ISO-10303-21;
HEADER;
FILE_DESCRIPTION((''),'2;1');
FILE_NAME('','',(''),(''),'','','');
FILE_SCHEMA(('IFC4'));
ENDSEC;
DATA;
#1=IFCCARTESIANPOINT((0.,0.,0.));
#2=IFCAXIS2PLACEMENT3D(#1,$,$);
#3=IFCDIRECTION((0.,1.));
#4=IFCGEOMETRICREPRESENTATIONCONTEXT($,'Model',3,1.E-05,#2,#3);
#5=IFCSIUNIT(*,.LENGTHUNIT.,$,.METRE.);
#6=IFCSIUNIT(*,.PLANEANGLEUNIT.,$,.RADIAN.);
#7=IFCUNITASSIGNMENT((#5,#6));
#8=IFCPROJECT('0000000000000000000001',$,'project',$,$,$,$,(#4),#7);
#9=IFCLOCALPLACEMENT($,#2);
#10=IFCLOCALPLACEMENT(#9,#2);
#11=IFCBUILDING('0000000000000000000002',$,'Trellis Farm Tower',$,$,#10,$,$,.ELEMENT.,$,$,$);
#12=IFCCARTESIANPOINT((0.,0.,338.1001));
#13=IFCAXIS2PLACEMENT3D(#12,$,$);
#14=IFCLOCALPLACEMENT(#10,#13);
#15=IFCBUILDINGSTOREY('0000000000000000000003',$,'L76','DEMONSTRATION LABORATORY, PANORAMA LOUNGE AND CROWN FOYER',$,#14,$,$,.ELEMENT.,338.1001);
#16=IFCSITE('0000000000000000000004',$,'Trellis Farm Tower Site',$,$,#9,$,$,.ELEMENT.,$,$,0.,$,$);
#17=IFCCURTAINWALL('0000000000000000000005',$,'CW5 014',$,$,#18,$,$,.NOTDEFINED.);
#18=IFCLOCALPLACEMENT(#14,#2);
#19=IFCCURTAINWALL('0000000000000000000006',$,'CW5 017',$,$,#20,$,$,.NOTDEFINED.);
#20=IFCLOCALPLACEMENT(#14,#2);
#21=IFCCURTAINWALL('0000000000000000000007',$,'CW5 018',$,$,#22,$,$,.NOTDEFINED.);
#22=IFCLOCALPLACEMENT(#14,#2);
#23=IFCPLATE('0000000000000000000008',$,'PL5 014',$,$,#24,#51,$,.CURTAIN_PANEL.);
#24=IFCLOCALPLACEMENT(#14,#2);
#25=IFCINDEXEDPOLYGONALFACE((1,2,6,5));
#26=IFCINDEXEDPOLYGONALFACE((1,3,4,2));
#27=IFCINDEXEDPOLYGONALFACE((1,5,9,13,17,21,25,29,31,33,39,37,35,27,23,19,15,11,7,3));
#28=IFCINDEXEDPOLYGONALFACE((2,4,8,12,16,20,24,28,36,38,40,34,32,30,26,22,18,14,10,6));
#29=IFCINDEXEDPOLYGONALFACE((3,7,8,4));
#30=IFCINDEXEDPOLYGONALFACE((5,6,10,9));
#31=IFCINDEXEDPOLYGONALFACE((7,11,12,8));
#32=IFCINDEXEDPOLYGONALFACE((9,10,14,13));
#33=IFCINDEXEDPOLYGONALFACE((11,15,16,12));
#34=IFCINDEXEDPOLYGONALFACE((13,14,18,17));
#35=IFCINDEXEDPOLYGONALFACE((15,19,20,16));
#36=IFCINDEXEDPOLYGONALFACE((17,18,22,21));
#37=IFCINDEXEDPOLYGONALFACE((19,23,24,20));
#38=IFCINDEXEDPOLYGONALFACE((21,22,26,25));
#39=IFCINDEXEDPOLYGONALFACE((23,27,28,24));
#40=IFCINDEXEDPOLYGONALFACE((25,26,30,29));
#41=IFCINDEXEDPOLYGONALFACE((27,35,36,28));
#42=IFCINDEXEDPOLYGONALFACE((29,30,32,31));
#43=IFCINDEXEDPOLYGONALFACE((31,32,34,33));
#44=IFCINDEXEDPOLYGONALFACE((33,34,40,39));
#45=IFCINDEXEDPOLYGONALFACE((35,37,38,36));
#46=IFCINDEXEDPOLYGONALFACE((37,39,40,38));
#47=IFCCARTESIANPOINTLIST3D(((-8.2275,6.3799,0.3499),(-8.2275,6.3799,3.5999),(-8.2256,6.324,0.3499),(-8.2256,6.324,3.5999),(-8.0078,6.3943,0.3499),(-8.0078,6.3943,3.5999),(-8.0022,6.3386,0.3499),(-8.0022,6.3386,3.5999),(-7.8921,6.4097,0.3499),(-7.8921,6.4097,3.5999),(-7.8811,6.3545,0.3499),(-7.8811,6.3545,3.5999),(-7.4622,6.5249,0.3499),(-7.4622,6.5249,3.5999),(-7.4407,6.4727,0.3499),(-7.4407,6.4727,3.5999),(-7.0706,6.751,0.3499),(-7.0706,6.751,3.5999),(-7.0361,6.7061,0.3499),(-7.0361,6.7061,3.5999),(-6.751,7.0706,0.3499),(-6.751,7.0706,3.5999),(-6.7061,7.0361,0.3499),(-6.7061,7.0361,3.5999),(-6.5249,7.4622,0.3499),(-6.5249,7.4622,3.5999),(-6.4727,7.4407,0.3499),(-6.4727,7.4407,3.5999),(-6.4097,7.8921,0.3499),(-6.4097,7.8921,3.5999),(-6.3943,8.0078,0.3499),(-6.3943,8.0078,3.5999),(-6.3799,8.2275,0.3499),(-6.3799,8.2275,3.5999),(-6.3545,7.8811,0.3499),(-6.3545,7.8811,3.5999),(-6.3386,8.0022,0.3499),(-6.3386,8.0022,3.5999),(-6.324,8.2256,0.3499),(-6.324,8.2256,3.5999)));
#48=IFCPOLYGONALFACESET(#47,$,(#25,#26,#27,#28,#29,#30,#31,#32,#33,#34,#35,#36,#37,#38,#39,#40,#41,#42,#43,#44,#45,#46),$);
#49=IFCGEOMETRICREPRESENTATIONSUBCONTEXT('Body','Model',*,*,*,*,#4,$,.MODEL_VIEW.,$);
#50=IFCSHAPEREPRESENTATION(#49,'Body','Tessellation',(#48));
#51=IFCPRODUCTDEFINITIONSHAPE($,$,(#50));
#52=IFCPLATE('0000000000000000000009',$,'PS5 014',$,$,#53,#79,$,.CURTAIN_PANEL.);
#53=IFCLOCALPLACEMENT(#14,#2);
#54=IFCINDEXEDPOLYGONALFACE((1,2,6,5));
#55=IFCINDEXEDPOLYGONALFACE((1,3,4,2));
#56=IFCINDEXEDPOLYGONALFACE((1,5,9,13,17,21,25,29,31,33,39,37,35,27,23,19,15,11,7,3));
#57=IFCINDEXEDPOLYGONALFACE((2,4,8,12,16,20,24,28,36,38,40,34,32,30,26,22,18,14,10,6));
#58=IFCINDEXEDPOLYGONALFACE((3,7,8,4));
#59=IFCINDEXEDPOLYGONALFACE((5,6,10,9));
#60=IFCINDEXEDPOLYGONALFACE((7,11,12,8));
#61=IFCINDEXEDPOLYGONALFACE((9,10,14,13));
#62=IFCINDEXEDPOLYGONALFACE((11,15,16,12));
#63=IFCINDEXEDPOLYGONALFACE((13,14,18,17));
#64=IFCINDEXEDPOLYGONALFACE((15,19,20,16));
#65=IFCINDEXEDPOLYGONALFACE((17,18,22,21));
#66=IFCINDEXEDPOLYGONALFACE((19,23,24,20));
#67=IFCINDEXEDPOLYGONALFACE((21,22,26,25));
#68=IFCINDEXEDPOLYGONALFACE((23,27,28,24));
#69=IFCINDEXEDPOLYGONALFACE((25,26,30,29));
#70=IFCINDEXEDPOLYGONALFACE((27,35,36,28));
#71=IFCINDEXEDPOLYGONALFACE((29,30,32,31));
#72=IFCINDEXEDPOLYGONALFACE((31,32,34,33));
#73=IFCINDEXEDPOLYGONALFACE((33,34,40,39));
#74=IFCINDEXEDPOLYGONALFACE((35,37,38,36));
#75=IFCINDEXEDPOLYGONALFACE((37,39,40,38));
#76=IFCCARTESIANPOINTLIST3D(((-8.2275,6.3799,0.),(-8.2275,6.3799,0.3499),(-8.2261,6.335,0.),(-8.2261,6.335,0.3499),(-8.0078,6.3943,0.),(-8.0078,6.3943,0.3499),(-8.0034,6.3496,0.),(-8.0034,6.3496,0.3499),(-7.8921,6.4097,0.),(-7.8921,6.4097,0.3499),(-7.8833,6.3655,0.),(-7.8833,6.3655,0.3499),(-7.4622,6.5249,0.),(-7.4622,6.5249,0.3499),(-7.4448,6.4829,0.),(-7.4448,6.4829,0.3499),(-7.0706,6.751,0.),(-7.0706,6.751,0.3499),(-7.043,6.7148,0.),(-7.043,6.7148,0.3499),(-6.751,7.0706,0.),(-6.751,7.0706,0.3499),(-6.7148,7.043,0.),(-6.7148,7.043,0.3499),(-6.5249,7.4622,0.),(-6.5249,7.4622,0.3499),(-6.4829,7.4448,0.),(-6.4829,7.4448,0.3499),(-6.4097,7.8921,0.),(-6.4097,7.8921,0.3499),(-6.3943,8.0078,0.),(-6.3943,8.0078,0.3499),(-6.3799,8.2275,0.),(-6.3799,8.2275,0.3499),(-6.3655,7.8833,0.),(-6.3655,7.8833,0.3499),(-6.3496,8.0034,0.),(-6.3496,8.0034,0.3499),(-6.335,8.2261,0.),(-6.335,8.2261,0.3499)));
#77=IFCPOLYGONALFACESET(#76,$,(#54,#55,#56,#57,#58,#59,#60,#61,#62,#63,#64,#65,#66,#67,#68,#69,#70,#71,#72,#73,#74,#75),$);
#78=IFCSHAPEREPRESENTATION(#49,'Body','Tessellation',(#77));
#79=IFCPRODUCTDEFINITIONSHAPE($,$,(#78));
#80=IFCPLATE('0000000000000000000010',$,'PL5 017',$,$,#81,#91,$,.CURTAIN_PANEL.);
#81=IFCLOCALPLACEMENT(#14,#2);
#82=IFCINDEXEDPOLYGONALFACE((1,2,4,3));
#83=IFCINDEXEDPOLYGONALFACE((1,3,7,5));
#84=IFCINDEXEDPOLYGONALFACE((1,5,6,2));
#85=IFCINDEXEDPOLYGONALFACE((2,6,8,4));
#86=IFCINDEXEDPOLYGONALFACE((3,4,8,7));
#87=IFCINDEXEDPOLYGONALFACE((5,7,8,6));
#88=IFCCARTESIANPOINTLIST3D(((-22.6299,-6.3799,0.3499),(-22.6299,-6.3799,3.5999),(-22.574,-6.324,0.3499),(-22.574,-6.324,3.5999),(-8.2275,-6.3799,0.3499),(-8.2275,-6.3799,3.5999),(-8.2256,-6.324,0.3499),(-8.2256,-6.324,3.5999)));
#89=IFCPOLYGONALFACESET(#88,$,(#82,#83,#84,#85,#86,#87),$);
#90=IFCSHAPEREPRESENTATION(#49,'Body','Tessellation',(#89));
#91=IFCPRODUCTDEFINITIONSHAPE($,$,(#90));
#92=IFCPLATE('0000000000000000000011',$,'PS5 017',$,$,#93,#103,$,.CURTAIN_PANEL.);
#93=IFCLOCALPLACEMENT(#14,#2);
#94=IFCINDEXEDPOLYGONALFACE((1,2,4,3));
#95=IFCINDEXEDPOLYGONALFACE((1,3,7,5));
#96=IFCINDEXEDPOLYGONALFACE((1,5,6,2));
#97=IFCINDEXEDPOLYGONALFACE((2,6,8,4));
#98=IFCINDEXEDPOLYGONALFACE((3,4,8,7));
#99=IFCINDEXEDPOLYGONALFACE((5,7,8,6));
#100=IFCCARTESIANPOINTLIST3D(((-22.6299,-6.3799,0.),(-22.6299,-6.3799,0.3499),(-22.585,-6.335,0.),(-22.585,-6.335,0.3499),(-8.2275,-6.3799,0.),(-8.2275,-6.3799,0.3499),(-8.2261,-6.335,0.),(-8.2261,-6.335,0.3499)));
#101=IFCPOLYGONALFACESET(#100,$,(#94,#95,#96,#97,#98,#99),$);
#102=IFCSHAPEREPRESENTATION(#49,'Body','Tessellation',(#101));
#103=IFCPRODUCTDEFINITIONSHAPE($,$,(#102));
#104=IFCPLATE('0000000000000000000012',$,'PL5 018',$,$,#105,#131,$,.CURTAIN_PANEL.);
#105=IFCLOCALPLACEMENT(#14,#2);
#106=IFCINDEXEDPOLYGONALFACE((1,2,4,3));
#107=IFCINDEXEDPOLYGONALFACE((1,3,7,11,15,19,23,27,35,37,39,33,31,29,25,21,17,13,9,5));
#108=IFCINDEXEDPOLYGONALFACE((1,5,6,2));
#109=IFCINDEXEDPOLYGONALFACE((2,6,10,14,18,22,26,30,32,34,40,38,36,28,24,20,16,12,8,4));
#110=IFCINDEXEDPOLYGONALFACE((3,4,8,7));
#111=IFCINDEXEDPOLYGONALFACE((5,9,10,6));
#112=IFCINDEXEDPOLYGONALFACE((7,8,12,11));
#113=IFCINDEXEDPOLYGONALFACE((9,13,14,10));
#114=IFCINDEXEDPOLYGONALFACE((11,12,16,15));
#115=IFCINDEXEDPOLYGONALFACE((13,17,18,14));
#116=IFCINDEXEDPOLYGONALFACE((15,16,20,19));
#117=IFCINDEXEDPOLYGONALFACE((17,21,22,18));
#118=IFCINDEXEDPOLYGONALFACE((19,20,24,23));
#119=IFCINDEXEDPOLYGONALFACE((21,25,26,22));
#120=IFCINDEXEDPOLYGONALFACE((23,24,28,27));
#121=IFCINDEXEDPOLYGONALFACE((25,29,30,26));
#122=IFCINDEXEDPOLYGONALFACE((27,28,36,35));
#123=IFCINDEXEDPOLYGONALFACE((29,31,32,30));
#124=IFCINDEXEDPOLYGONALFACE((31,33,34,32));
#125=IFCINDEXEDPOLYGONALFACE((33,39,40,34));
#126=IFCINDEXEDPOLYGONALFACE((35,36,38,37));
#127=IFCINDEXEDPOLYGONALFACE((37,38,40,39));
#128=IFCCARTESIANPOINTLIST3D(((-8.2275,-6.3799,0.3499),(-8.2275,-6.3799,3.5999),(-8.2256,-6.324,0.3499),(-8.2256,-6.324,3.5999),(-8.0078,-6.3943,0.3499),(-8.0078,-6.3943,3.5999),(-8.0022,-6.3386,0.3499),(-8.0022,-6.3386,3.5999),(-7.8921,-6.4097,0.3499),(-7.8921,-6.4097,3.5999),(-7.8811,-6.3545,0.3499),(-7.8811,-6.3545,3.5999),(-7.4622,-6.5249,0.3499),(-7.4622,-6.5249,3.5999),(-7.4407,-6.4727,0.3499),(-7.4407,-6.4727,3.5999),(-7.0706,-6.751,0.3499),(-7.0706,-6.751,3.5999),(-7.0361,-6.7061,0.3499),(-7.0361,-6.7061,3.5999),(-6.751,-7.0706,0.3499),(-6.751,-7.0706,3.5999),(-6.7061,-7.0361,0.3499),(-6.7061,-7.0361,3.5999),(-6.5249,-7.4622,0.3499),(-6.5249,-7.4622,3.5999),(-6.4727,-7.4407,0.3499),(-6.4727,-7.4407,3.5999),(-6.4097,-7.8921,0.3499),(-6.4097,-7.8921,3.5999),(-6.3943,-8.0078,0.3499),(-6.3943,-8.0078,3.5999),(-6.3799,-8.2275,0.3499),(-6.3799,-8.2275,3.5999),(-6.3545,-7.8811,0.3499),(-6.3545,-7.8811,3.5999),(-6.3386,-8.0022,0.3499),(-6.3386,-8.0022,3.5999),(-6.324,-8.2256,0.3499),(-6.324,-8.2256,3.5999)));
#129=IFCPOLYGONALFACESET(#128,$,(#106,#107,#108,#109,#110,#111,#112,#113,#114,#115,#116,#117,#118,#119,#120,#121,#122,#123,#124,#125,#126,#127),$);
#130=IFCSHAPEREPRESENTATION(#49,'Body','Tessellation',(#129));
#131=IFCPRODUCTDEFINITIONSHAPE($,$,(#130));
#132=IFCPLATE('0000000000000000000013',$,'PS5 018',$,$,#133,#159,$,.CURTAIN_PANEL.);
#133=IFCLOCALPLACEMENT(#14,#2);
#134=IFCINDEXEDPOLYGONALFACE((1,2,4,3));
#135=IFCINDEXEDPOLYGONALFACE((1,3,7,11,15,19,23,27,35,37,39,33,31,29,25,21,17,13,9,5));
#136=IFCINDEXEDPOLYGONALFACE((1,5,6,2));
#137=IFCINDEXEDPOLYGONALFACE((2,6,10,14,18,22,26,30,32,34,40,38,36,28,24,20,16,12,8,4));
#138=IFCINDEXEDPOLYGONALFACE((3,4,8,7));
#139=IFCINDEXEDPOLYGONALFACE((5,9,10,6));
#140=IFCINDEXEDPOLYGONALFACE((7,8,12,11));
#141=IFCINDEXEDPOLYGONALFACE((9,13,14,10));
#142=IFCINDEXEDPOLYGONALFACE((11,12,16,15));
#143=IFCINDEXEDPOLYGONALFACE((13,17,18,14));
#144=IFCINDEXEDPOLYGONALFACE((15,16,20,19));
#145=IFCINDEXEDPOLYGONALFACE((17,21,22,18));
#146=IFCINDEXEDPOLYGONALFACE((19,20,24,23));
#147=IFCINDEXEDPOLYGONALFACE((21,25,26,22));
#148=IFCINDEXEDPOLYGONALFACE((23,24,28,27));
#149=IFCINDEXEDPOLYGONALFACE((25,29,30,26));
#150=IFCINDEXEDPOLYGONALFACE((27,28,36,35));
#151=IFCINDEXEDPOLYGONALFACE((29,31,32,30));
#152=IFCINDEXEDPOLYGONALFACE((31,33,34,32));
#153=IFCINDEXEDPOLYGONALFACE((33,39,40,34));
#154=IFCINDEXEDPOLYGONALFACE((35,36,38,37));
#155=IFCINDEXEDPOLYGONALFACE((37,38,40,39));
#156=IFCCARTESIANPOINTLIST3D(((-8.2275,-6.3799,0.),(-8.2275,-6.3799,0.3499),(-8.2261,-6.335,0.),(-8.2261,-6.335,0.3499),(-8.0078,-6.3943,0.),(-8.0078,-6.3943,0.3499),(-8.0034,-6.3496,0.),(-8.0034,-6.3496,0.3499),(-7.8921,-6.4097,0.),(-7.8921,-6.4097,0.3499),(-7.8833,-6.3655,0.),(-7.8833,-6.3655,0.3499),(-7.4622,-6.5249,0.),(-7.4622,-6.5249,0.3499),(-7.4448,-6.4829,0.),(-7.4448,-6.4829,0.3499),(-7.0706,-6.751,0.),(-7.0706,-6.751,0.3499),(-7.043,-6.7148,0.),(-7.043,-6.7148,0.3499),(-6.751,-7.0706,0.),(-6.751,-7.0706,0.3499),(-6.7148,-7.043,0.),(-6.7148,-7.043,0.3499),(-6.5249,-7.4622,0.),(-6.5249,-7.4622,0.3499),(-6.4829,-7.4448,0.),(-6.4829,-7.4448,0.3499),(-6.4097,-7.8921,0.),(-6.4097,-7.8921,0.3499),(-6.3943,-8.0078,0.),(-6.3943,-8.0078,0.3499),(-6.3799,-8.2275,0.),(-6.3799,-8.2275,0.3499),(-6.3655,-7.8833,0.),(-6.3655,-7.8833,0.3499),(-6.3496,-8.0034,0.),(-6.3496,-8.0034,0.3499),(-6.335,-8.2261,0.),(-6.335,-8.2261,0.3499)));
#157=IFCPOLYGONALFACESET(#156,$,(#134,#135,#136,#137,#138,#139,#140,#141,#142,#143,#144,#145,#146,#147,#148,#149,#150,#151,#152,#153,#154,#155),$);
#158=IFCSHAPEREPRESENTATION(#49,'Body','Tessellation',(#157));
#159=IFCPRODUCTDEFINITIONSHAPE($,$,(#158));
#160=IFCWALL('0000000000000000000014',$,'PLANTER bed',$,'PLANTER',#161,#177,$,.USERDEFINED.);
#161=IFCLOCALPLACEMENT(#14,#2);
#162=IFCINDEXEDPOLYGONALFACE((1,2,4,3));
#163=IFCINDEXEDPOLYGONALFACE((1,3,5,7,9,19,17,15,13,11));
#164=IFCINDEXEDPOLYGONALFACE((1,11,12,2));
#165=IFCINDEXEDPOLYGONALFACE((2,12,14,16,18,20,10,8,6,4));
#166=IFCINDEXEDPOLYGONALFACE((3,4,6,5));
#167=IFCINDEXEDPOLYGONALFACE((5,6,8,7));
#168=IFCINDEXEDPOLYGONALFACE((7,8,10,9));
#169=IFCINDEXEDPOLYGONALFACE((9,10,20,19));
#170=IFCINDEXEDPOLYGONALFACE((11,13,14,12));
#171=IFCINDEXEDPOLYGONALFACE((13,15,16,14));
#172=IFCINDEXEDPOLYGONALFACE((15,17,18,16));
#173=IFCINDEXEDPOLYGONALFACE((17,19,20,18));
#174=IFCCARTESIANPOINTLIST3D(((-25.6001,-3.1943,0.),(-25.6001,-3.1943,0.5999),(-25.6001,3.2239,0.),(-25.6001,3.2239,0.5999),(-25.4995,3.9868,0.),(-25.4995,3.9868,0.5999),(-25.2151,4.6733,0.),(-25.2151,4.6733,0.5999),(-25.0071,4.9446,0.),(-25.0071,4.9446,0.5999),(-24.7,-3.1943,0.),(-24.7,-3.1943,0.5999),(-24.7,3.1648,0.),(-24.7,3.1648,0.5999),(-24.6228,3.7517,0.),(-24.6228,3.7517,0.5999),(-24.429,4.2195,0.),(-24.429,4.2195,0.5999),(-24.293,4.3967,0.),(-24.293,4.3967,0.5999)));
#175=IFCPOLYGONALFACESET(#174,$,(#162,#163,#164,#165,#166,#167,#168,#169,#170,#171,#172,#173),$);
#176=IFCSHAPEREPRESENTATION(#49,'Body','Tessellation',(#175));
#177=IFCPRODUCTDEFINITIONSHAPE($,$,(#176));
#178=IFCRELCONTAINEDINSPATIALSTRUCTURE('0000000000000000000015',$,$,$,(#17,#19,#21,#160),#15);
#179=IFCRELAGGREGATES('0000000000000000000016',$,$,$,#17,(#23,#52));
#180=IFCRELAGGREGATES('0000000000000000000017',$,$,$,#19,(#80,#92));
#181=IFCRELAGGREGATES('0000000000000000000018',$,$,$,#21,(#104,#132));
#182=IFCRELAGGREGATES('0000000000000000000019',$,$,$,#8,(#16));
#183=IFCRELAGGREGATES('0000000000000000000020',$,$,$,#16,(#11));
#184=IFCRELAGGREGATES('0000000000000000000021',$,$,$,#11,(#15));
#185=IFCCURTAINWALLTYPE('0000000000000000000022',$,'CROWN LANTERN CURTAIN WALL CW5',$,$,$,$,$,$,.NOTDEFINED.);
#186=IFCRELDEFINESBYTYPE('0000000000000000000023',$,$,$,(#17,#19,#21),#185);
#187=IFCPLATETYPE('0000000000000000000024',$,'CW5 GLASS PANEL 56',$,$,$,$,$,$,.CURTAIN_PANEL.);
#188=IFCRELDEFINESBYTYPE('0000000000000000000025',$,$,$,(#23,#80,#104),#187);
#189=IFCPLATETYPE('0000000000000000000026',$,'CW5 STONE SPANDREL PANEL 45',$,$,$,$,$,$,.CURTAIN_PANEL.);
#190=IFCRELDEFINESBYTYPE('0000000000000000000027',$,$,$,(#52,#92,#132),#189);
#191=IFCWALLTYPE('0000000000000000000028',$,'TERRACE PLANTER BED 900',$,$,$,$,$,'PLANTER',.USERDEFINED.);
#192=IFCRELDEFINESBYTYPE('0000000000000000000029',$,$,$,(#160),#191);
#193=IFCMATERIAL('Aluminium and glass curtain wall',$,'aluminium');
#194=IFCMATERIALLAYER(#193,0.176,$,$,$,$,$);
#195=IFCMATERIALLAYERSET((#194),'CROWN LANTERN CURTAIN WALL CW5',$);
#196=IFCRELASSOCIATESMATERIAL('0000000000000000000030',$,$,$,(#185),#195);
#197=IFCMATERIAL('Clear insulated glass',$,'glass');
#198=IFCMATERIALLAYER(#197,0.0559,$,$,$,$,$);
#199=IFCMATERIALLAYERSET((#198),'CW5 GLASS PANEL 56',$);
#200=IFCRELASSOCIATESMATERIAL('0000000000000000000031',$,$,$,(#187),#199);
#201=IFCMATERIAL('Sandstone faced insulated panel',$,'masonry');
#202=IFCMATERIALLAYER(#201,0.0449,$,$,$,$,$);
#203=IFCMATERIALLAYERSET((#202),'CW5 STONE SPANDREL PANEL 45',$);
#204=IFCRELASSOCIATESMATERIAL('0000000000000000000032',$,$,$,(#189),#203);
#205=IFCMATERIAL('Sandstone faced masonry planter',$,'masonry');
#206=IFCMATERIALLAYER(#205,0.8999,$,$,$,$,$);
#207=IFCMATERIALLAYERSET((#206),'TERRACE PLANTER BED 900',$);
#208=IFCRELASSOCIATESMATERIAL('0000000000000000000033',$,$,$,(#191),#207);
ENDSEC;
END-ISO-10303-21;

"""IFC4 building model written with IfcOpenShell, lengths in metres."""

from ifc_helpers import new_model, si_unit, direction, frame, origin, place, context, subcontext, project, spatial, polyline, outline, extrude, source, transform, mapped, material, layer, layer_set, type_object, element, aggregate, save


model = new_model("IFC4")

# Units and contexts
model_context = context("Model", 3, precision=1e-05, world=origin(), true_north=direction((0.0, 1.0)))
body_context = subcontext(model_context, "Body", "Model", "MODEL_VIEW")
ifc_project = project(units=[si_unit("LENGTHUNIT", "METRE"), si_unit("PLANEANGLEUNIT", "RADIAN")], contexts=[model_context])

# Site, building, storey
site_placement = place(None, origin())
site = spatial("IfcSite", under=ifc_project, at=site_placement, Name="Trellis Farm Tower Site", CompositionType="ELEMENT", RefElevation=0.0)
building_placement = place(site_placement, origin())
building = spatial("IfcBuilding", under=site, at=building_placement, Name="Trellis Farm Tower", CompositionType="ELEMENT")
storey_placement = place(building_placement, frame((0.0, 0.0, 338.1001)))
storey = spatial("IfcBuildingStorey", under=building, at=storey_placement, Name="L76", Description="DEMONSTRATION LABORATORY, PANORAMA LOUNGE AND CROWN FOYER", CompositionType="ELEMENT", Elevation=338.1001)

# Shared definitions
ifc_material_1 = material(Name="Aluminium and glass curtain wall", Category="aluminium")
ifc_layer_1 = layer(ifc_material_1, 0.176)
ifc_layer_set_1 = layer_set([ifc_layer_1], Name="CROWN LANTERN CURTAIN WALL CW5")
curtain_wall_type = type_object("IfcCurtainWallType", Name="CROWN LANTERN CURTAIN WALL CW5", PredefinedType="NOTDEFINED", material=ifc_layer_set_1)
placement_1 = place(storey_placement, origin())

# Curtain walls
curtain_wall_1 = element("IfcCurtainWall", 1, at=placement_1, inside=storey, type_object=curtain_wall_type, Name="CW5 014", PredefinedType="NOTDEFINED")
curtain_wall_2 = element("IfcCurtainWall", 2, at=placement_1, inside=storey, type_object=curtain_wall_type, Name="CW5 017", PredefinedType="NOTDEFINED")
curtain_wall_3 = element("IfcCurtainWall", 3, at=placement_1, inside=storey, type_object=curtain_wall_type, Name="CW5 018", PredefinedType="NOTDEFINED")

# Plates
ifc_material_2 = material(Name="Clear insulated glass", Category="glass")
ifc_layer_2 = layer(ifc_material_2, 0.0559)
ifc_layer_set_2 = layer_set([ifc_layer_2], Name="CW5 GLASS PANEL 56")
plate_type_1 = type_object("IfcPlateType", Name="CW5 GLASS PANEL 56", PredefinedType="CURTAIN_PANEL", material=ifc_layer_set_2)
placement_2 = place(storey_placement, frame((0.0, 0.0, 0.3499)))
ifc_material_3 = material(Name="Sandstone faced insulated panel", Category="masonry")
ifc_layer_3 = layer(ifc_material_3, 0.0449)
ifc_layer_set_3 = layer_set([ifc_layer_3], Name="CW5 STONE SPANDREL PANEL 45")
plate_type_2 = type_object("IfcPlateType", Name="CW5 STONE SPANDREL PANEL 45", PredefinedType="CURTAIN_PANEL", material=ifc_layer_set_3)
shared_shape_1 = source(origin(), body_context, "Body", "SweptSolid", [
    extrude(outline(polyline([(-6.3799, 8.2275), (-6.3943, 8.0078), (-6.4097, 7.8921), (-6.5249, 7.4622), (-6.751, 7.0706), (-7.0706, 6.751), (-7.4622, 6.5249), (-7.8921, 6.4097), (-8.0078, 6.3943), (-8.2275, 6.3799), (-8.2256, 6.324), (-8.0022, 6.3386), (-7.8811, 6.3545), (-7.4407, 6.4727), (-7.0361, 6.7061), (-6.7061, 7.0361), (-6.4727, 7.4407), (-6.3545, 7.8811), (-6.3386, 8.0022), (-6.324, 8.2256), (-6.3799, 8.2275)])), origin(), (0.0, 0.0, 1.0), 3.25),
])
plate_1 = element("IfcPlate", 4, at=placement_2, type_object=plate_type_1, Name="PL5 014", PredefinedType="CURTAIN_PANEL", context=body_context, shape_type="MappedRepresentation", body=[
    mapped(shared_shape_1, transform((0.0, 0.0, 0.0))),
])
shared_shape_2 = source(origin(), body_context, "Body", "SweptSolid", [
    extrude(outline(polyline([(-6.3799, 8.2275), (-6.3943, 8.0078), (-6.4097, 7.8921), (-6.5249, 7.4622), (-6.751, 7.0706), (-7.0706, 6.751), (-7.4622, 6.5249), (-7.8921, 6.4097), (-8.0078, 6.3943), (-8.2275, 6.3799), (-8.2261, 6.335), (-8.0034, 6.3496), (-7.8833, 6.3655), (-7.4448, 6.4829), (-7.043, 6.7148), (-6.7148, 7.043), (-6.4829, 7.4448), (-6.3655, 7.8833), (-6.3496, 8.0034), (-6.335, 8.2261), (-6.3799, 8.2275)])), origin(), (0.0, 0.0, 1.0), 0.3499),
])
plate_2 = element("IfcPlate", 5, at=placement_1, type_object=plate_type_2, Name="PS5 014", PredefinedType="CURTAIN_PANEL", context=body_context, shape_type="MappedRepresentation", body=[
    mapped(shared_shape_2, transform((0.0, 0.0, 0.0))),
])
aggregate(curtain_wall_1, [plate_1, plate_2])
shared_shape_3 = source(origin(), body_context, "Body", "SweptSolid", [
    extrude(outline(polyline([(-22.6299, -6.3799), (-8.2275, -6.3799), (-8.2256, -6.324), (-22.574, -6.324), (-22.6299, -6.3799)])), origin(), (0.0, 0.0, 1.0), 3.25),
])
plate_3 = element("IfcPlate", 6, at=placement_2, type_object=plate_type_1, Name="PL5 017", PredefinedType="CURTAIN_PANEL", context=body_context, shape_type="MappedRepresentation", body=[
    mapped(shared_shape_3, transform((0.0, 0.0, 0.0))),
])
shared_shape_4 = source(origin(), body_context, "Body", "SweptSolid", [
    extrude(outline(polyline([(-22.6299, -6.3799), (-8.2275, -6.3799), (-8.2261, -6.335), (-22.585, -6.335), (-22.6299, -6.3799)])), origin(), (0.0, 0.0, 1.0), 0.3499),
])
plate_4 = element("IfcPlate", 7, at=placement_1, type_object=plate_type_2, Name="PS5 017", PredefinedType="CURTAIN_PANEL", context=body_context, shape_type="MappedRepresentation", body=[
    mapped(shared_shape_4, transform((0.0, 0.0, 0.0))),
])
aggregate(curtain_wall_2, [plate_3, plate_4])
shared_shape_5 = source(origin(), body_context, "Body", "SweptSolid", [
    extrude(outline(polyline([(-8.2275, -6.3799), (-8.0078, -6.3943), (-7.8921, -6.4097), (-7.4622, -6.5249), (-7.0706, -6.751), (-6.751, -7.0706), (-6.5249, -7.4622), (-6.4097, -7.8921), (-6.3943, -8.0078), (-6.3799, -8.2275), (-6.324, -8.2256), (-6.3386, -8.0022), (-6.3545, -7.8811), (-6.4727, -7.4407), (-6.7061, -7.0361), (-7.0361, -6.7061), (-7.4407, -6.4727), (-7.8811, -6.3545), (-8.0022, -6.3386), (-8.2256, -6.324), (-8.2275, -6.3799)])), origin(), (0.0, 0.0, 1.0), 3.25),
])
plate_5 = element("IfcPlate", 8, at=placement_2, type_object=plate_type_1, Name="PL5 018", PredefinedType="CURTAIN_PANEL", context=body_context, shape_type="MappedRepresentation", body=[
    mapped(shared_shape_5, transform((0.0, 0.0, 0.0))),
])
shared_shape_6 = source(origin(), body_context, "Body", "SweptSolid", [
    extrude(outline(polyline([(-8.2275, -6.3799), (-8.0078, -6.3943), (-7.8921, -6.4097), (-7.4622, -6.5249), (-7.0706, -6.751), (-6.751, -7.0706), (-6.5249, -7.4622), (-6.4097, -7.8921), (-6.3943, -8.0078), (-6.3799, -8.2275), (-6.335, -8.2261), (-6.3496, -8.0034), (-6.3655, -7.8833), (-6.4829, -7.4448), (-6.7148, -7.043), (-7.043, -6.7148), (-7.4448, -6.4829), (-7.8833, -6.3655), (-8.0034, -6.3496), (-8.2261, -6.335), (-8.2275, -6.3799)])), origin(), (0.0, 0.0, 1.0), 0.3499),
])
plate_6 = element("IfcPlate", 9, at=placement_1, type_object=plate_type_2, Name="PS5 018", PredefinedType="CURTAIN_PANEL", context=body_context, shape_type="MappedRepresentation", body=[
    mapped(shared_shape_6, transform((0.0, 0.0, 0.0))),
])
aggregate(curtain_wall_3, [plate_5, plate_6])

# Wall
ifc_material_4 = material(Name="Sandstone faced masonry planter", Category="masonry")
ifc_layer_4 = layer(ifc_material_4, 0.8999)
ifc_layer_set_4 = layer_set([ifc_layer_4], Name="TERRACE PLANTER BED 900")
wall_type_1 = type_object("IfcWallType", Name="TERRACE PLANTER BED 900", ElementType="PLANTER", PredefinedType="USERDEFINED", material=ifc_layer_set_4)
element("IfcWall", 10, at=placement_1, inside=storey, type_object=wall_type_1, Name="PLANTER bed", ObjectType="PLANTER", PredefinedType="USERDEFINED", context=body_context, shape_type="SweptSolid", body=[
    extrude(outline(polyline([(-25.6001, 3.2239), (-25.4995, 3.9868), (-25.2151, 4.6733), (-25.0071, 4.9446), (-24.293, 4.3967), (-24.429, 4.2195), (-24.6228, 3.7517), (-24.7, 3.1648), (-24.7, -3.1943), (-25.6001, -3.1943), (-25.6001, 3.2239)])), origin(), (0.0, 0.0, 1.0), 0.5999),
])

save(model, "model.ifc")
